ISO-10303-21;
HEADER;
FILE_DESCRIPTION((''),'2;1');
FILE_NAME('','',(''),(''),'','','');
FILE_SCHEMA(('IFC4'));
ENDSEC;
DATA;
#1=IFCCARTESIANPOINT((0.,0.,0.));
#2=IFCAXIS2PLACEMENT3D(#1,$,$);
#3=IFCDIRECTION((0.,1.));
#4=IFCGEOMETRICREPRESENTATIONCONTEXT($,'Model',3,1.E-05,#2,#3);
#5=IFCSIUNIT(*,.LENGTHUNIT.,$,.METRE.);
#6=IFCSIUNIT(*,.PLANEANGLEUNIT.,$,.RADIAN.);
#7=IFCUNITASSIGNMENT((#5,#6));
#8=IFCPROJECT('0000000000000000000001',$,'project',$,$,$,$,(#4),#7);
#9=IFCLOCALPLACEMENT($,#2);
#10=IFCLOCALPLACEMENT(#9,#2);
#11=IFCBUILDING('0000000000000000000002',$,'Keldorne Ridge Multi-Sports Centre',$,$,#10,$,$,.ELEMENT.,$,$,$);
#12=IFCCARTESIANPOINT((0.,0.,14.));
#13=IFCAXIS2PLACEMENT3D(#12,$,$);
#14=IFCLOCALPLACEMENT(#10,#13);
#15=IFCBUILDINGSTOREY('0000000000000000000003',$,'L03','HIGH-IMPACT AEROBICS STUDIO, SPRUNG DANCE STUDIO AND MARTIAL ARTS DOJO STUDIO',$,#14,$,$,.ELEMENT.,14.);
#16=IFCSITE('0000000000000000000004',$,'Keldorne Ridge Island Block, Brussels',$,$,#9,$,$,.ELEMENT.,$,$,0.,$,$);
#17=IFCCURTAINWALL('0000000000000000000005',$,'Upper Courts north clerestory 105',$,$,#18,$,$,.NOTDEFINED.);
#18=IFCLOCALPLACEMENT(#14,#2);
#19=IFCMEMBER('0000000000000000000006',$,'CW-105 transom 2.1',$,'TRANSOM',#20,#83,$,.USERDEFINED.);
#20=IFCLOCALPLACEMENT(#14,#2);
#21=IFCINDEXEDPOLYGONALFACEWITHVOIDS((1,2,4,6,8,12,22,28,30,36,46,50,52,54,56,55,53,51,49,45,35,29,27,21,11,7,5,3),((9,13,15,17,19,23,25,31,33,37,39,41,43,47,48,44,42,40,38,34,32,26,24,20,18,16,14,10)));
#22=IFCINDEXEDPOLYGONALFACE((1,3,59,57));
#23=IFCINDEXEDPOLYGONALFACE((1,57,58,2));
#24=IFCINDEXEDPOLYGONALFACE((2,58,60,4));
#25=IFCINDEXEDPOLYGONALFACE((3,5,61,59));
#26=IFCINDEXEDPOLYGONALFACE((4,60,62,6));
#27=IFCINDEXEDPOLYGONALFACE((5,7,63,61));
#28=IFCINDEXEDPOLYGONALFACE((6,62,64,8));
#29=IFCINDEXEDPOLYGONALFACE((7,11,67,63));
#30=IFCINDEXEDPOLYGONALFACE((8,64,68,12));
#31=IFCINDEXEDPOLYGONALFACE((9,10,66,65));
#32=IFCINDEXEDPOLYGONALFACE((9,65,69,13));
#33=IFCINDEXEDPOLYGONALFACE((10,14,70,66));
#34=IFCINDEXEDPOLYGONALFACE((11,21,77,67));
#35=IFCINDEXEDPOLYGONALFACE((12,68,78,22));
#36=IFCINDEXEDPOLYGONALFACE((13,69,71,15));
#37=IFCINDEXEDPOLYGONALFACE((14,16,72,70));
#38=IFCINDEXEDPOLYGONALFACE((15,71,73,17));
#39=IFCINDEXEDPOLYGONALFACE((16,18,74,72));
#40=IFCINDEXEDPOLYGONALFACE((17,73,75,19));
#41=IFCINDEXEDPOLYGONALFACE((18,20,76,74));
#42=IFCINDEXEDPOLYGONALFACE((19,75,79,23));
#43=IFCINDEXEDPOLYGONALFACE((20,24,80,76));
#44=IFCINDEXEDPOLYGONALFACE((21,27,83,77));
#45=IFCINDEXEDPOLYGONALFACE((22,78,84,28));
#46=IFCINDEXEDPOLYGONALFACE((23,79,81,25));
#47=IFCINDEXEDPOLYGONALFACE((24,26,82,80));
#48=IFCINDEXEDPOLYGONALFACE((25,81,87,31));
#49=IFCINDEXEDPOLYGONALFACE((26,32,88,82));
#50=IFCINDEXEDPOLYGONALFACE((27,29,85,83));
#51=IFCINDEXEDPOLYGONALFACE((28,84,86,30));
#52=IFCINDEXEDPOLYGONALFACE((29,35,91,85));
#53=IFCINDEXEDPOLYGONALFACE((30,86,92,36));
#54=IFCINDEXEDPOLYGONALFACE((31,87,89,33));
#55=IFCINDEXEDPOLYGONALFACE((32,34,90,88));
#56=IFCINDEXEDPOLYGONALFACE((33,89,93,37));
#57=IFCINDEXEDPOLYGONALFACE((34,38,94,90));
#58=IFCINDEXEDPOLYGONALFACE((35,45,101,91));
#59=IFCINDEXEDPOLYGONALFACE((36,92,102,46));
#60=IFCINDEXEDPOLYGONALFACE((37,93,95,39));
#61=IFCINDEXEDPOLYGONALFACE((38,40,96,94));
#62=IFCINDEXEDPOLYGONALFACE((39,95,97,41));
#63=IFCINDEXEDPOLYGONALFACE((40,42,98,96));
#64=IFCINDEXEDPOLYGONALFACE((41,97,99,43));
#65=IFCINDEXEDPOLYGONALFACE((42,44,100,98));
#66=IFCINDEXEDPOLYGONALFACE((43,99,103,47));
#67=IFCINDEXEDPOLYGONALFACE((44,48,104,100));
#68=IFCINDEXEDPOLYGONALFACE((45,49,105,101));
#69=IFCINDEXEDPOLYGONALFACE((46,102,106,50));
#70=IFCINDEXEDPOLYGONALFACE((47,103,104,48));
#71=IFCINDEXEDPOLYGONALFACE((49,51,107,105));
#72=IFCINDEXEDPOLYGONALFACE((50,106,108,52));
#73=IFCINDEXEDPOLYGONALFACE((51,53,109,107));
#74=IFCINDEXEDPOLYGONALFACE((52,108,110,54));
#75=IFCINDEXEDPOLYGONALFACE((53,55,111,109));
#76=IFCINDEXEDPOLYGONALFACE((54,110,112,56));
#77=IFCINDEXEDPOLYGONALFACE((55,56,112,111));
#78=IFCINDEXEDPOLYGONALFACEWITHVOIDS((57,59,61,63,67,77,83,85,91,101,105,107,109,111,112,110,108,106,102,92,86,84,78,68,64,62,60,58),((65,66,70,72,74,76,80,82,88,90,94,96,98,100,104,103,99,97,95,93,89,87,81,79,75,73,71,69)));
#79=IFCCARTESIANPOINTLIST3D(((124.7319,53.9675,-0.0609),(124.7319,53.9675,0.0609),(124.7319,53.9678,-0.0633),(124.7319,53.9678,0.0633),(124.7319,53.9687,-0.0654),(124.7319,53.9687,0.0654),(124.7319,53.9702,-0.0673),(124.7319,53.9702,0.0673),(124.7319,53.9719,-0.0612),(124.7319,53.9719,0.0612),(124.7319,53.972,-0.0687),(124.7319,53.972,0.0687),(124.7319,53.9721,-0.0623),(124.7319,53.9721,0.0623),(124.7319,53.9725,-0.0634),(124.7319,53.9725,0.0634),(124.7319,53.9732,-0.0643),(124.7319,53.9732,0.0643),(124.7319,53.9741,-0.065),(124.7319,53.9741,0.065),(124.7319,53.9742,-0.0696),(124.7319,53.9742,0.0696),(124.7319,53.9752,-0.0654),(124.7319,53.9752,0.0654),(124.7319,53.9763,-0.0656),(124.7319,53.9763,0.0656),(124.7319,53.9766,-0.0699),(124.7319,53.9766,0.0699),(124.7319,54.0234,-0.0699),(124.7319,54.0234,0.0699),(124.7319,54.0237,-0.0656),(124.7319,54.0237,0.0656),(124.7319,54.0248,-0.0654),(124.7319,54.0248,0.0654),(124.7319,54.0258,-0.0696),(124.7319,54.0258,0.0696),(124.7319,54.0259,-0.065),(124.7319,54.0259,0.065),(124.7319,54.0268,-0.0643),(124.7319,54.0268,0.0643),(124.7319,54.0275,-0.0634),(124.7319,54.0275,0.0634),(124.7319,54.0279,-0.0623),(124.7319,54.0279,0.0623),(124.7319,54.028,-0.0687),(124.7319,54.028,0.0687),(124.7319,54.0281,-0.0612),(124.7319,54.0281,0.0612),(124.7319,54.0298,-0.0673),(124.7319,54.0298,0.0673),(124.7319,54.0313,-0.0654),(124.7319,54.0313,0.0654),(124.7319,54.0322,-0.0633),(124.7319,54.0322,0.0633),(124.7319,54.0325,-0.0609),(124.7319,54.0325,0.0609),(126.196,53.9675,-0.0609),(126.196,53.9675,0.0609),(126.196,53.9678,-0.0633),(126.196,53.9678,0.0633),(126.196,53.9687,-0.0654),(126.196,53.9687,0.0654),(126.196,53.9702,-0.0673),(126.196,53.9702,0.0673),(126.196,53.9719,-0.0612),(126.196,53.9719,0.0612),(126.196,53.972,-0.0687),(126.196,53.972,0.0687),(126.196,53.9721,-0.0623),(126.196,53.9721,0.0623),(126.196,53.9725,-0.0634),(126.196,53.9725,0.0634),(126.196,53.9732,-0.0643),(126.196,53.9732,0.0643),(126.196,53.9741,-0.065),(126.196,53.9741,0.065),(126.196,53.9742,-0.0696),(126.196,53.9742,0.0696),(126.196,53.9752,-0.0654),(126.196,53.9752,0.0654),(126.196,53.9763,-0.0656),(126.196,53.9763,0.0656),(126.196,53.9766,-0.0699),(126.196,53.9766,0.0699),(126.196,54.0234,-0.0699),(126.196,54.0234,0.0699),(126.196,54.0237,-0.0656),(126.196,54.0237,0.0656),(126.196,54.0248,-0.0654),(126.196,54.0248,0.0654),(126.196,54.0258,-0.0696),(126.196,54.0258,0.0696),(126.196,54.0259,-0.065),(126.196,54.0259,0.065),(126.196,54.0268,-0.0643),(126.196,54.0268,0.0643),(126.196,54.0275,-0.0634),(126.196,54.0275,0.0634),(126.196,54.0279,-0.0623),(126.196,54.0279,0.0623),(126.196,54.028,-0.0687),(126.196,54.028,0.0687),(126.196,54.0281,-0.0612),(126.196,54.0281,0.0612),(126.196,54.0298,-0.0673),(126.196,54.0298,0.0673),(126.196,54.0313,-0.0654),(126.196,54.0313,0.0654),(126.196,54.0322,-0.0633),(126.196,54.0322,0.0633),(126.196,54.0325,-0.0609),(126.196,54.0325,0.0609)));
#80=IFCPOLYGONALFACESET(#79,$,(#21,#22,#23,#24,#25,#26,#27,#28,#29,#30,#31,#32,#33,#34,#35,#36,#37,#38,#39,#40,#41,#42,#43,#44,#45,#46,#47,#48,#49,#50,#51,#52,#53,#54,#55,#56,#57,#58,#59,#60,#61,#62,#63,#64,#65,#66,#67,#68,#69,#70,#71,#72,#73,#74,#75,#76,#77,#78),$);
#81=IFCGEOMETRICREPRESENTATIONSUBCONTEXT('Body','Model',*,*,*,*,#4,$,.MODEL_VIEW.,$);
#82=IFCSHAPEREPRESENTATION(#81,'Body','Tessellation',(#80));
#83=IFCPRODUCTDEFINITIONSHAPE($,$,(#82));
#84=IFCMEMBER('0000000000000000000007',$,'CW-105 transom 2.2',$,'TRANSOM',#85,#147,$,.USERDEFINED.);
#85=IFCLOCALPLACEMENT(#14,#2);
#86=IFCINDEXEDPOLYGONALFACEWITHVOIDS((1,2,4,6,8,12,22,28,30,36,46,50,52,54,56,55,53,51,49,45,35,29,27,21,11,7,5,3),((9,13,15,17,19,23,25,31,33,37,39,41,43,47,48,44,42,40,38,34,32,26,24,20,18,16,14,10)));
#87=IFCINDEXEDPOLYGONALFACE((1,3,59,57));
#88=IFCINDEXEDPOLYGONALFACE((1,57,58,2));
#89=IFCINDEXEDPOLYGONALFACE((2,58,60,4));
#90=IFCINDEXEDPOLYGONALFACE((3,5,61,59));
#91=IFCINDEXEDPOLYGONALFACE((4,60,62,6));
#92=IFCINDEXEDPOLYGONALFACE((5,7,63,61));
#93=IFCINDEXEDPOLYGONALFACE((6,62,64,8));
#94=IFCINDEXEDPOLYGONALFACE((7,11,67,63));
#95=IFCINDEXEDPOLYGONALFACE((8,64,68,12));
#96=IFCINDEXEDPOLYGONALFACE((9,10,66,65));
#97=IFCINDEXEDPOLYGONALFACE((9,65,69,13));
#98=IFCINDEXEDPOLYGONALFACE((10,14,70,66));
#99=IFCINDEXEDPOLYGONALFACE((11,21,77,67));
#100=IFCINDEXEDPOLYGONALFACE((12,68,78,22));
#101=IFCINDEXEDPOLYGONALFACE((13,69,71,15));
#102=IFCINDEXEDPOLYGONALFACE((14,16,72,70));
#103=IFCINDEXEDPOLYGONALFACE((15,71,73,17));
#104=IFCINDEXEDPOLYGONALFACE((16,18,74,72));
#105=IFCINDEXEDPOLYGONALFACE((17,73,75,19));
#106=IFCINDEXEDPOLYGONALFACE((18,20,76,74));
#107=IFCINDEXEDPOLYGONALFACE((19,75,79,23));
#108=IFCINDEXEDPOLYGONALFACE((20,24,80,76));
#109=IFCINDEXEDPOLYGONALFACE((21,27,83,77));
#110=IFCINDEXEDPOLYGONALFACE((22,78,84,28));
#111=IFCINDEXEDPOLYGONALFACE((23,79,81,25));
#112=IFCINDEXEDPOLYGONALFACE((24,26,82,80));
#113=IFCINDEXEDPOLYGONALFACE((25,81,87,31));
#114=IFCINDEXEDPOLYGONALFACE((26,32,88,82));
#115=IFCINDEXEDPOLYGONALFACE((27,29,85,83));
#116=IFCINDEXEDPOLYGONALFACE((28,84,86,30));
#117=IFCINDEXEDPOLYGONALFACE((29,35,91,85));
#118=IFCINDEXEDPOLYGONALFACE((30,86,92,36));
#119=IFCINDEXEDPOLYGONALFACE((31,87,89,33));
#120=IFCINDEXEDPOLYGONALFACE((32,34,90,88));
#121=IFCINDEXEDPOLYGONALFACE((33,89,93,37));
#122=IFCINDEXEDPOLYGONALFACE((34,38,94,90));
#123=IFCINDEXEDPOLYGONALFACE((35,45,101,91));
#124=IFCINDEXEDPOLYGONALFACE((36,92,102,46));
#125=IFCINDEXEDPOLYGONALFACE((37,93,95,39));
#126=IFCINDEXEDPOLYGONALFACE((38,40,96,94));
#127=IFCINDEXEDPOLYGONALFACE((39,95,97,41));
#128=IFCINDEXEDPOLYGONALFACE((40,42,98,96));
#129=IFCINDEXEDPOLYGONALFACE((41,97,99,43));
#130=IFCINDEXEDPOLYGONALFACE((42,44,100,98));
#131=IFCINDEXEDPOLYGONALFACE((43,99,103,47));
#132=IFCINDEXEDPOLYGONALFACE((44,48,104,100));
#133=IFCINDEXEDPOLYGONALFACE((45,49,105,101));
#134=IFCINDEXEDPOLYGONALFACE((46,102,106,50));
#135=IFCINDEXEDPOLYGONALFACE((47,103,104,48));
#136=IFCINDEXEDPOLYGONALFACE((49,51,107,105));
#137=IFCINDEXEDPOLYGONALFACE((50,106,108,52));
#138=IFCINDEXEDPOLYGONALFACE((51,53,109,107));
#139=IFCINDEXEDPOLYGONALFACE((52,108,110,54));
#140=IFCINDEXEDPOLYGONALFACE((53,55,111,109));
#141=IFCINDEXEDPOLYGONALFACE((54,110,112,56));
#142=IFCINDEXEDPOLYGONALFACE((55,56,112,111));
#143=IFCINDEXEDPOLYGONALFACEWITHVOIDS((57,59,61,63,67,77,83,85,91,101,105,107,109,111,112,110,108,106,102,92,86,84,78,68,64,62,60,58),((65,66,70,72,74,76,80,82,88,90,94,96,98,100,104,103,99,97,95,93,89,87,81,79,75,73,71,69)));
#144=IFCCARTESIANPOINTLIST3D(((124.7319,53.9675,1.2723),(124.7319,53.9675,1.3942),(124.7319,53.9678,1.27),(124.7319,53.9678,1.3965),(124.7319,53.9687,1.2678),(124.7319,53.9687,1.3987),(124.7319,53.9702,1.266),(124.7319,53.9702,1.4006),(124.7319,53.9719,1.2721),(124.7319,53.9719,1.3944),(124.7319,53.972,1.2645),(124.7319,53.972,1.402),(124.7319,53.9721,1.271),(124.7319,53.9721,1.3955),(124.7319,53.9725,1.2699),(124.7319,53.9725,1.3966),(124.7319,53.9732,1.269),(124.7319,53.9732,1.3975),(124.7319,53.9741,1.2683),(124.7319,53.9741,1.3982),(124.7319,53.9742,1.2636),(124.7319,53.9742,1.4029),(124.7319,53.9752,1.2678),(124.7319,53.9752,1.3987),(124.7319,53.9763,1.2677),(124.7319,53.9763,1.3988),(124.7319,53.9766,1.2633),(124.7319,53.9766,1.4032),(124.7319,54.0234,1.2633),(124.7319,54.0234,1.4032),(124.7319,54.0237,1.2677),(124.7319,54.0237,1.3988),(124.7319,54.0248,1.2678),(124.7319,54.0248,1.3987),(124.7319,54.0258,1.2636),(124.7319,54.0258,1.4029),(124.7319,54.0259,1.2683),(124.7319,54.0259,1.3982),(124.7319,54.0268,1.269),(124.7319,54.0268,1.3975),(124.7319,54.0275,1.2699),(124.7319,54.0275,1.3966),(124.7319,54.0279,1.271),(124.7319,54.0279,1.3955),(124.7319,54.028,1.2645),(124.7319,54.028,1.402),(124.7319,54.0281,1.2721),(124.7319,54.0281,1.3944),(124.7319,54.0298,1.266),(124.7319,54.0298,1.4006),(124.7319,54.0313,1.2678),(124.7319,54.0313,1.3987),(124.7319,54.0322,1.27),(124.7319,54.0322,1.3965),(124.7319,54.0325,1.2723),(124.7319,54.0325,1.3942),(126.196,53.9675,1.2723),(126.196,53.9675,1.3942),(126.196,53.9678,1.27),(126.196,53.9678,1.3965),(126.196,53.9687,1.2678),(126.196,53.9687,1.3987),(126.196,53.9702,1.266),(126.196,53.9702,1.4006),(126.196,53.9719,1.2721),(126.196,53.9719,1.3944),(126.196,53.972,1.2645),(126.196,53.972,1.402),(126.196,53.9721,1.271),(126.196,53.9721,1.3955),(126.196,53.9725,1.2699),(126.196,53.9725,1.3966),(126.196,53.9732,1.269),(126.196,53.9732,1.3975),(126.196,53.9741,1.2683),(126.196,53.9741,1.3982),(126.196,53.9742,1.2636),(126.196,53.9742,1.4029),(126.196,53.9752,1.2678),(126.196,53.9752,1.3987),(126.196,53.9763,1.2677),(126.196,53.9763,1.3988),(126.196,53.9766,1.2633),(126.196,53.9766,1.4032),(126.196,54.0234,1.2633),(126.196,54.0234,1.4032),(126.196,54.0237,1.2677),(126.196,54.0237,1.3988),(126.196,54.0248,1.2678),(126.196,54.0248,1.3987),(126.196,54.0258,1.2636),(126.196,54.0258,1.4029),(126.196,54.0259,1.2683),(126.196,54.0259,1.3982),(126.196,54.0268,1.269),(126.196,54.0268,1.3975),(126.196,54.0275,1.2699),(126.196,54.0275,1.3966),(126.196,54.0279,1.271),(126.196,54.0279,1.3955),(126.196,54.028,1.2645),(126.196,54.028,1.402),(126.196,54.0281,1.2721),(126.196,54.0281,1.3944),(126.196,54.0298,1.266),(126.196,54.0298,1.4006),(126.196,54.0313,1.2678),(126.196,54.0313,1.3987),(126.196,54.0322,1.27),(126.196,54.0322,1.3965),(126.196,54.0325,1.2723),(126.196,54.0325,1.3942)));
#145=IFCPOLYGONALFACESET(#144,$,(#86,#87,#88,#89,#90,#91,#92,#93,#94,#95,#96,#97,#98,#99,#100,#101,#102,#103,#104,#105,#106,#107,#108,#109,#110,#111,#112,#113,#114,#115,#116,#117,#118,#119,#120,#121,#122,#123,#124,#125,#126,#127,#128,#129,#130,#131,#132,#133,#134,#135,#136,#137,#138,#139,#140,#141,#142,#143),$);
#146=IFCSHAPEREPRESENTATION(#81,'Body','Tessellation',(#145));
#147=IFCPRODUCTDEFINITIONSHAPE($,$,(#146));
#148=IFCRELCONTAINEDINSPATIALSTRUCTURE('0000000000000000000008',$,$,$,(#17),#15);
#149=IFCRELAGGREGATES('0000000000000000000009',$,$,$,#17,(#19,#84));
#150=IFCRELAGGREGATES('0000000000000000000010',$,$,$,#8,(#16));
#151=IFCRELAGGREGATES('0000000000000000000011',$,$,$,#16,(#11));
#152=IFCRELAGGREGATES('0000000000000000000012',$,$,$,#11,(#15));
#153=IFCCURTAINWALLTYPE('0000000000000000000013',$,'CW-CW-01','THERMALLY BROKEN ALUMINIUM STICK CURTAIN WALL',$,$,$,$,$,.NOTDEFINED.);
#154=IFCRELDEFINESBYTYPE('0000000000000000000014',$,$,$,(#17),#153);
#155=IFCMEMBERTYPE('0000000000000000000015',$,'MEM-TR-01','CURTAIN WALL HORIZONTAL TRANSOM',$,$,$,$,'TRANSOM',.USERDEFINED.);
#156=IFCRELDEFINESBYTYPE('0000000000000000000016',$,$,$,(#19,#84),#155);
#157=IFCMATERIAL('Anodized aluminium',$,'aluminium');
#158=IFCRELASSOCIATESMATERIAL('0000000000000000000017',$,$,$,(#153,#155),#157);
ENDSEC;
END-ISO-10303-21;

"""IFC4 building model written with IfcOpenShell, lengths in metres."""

from ifc_helpers import new_model, si_unit, direction, frame, origin, origin_2d, place, context, subcontext, project, spatial, hollow_rectangle, extrude, material, material_profile, profile_set, type_object, element, aggregate, save


model = new_model("IFC4")

# Units and contexts
model_context = context("Model", 3, precision=1e-05, world=origin(), true_north=direction((0.0, 1.0)))
body_context = subcontext(model_context, "Body", "Model", "MODEL_VIEW")
ifc_project = project(units=[si_unit("LENGTHUNIT", "METRE"), si_unit("PLANEANGLEUNIT", "RADIAN")], contexts=[model_context])

# Site, building, storey
site_placement = place(None, origin())
site = spatial("IfcSite", under=ifc_project, at=site_placement, Name="Keldorne Ridge Island Block, Brussels", CompositionType="ELEMENT", RefElevation=0.0)
building_placement = place(site_placement, origin())
building = spatial("IfcBuilding", under=site, at=building_placement, Name="Keldorne Ridge Multi-Sports Centre", CompositionType="ELEMENT")
storey_placement = place(building_placement, frame((0.0, 0.0, 14.0)))
storey = spatial("IfcBuildingStorey", under=building, at=storey_placement, Name="L03", Description="HIGH-IMPACT AEROBICS STUDIO, SPRUNG DANCE STUDIO AND MARTIAL ARTS DOJO STUDIO", CompositionType="ELEMENT", Elevation=14.0)

# Curtain wall, members
ifc_material_1 = material(Name="Anodized aluminium", Category="aluminium")
curtain_wall_type = type_object("IfcCurtainWallType", Name="CW-CW-01", Description="THERMALLY BROKEN ALUMINIUM STICK CURTAIN WALL", PredefinedType="NOTDEFINED", material=ifc_material_1)
curtain_wall_placement = place(storey_placement, origin())
curtain_wall = element("IfcCurtainWall", 1, at=curtain_wall_placement, inside=storey, type_object=curtain_wall_type, Name="Upper Courts north clerestory 105", PredefinedType="NOTDEFINED")
ifc_material_profile_1 = material_profile(ifc_material_1, hollow_rectangle(XDim=0.0649, YDim=0.1399, WallThickness=0.0044, InnerFilletRadius=0.0044, OuterFilletRadius=0.009, at=origin_2d()), Name="ALU TRANSOM 140x65x4.5")
ifc_profile_set_1 = profile_set([ifc_material_profile_1], Name="Anodized aluminium")
member_type_1 = type_object("IfcMemberType", Name="MEM-TR-01", Description="CURTAIN WALL HORIZONTAL TRANSOM", ElementType="TRANSOM", PredefinedType="USERDEFINED", material=ifc_profile_set_1)
member_1_placement = place(storey_placement, frame((126.196, 54.0, 0.0), z_axis=(-1.0, 0.0, 0.0), x_axis=(0.0, -1.0, 0.0)))
member_1 = element("IfcMember", 2, at=member_1_placement, type_object=member_type_1, Name="CW-105 transom 2.1", ObjectType="TRANSOM", PredefinedType="USERDEFINED", context=body_context, shape_type="SweptSolid", body=[
    extrude(hollow_rectangle(XDim=0.0649, YDim=0.1399, WallThickness=0.0044, InnerFilletRadius=0.0044, OuterFilletRadius=0.009, at=origin_2d()), origin(), (0.0, 0.0, 1.0), 1.4641),
])
member_2_placement = place(storey_placement, frame((126.196, 54.0, 1.3333), z_axis=(-1.0, 0.0, 0.0), x_axis=(0.0, -1.0, 0.0)))
member_2 = element("IfcMember", 3, at=member_2_placement, type_object=member_type_1, Name="CW-105 transom 2.2", ObjectType="TRANSOM", PredefinedType="USERDEFINED", context=body_context, shape_type="SweptSolid", body=[
    extrude(hollow_rectangle(XDim=0.0649, YDim=0.1399, WallThickness=0.0044, InnerFilletRadius=0.0044, OuterFilletRadius=0.009, at=origin_2d()), origin(), (0.0, 0.0, 1.0), 1.4641),
])
aggregate(curtain_wall, [member_1, member_2])

save(model, "model.ifc")
